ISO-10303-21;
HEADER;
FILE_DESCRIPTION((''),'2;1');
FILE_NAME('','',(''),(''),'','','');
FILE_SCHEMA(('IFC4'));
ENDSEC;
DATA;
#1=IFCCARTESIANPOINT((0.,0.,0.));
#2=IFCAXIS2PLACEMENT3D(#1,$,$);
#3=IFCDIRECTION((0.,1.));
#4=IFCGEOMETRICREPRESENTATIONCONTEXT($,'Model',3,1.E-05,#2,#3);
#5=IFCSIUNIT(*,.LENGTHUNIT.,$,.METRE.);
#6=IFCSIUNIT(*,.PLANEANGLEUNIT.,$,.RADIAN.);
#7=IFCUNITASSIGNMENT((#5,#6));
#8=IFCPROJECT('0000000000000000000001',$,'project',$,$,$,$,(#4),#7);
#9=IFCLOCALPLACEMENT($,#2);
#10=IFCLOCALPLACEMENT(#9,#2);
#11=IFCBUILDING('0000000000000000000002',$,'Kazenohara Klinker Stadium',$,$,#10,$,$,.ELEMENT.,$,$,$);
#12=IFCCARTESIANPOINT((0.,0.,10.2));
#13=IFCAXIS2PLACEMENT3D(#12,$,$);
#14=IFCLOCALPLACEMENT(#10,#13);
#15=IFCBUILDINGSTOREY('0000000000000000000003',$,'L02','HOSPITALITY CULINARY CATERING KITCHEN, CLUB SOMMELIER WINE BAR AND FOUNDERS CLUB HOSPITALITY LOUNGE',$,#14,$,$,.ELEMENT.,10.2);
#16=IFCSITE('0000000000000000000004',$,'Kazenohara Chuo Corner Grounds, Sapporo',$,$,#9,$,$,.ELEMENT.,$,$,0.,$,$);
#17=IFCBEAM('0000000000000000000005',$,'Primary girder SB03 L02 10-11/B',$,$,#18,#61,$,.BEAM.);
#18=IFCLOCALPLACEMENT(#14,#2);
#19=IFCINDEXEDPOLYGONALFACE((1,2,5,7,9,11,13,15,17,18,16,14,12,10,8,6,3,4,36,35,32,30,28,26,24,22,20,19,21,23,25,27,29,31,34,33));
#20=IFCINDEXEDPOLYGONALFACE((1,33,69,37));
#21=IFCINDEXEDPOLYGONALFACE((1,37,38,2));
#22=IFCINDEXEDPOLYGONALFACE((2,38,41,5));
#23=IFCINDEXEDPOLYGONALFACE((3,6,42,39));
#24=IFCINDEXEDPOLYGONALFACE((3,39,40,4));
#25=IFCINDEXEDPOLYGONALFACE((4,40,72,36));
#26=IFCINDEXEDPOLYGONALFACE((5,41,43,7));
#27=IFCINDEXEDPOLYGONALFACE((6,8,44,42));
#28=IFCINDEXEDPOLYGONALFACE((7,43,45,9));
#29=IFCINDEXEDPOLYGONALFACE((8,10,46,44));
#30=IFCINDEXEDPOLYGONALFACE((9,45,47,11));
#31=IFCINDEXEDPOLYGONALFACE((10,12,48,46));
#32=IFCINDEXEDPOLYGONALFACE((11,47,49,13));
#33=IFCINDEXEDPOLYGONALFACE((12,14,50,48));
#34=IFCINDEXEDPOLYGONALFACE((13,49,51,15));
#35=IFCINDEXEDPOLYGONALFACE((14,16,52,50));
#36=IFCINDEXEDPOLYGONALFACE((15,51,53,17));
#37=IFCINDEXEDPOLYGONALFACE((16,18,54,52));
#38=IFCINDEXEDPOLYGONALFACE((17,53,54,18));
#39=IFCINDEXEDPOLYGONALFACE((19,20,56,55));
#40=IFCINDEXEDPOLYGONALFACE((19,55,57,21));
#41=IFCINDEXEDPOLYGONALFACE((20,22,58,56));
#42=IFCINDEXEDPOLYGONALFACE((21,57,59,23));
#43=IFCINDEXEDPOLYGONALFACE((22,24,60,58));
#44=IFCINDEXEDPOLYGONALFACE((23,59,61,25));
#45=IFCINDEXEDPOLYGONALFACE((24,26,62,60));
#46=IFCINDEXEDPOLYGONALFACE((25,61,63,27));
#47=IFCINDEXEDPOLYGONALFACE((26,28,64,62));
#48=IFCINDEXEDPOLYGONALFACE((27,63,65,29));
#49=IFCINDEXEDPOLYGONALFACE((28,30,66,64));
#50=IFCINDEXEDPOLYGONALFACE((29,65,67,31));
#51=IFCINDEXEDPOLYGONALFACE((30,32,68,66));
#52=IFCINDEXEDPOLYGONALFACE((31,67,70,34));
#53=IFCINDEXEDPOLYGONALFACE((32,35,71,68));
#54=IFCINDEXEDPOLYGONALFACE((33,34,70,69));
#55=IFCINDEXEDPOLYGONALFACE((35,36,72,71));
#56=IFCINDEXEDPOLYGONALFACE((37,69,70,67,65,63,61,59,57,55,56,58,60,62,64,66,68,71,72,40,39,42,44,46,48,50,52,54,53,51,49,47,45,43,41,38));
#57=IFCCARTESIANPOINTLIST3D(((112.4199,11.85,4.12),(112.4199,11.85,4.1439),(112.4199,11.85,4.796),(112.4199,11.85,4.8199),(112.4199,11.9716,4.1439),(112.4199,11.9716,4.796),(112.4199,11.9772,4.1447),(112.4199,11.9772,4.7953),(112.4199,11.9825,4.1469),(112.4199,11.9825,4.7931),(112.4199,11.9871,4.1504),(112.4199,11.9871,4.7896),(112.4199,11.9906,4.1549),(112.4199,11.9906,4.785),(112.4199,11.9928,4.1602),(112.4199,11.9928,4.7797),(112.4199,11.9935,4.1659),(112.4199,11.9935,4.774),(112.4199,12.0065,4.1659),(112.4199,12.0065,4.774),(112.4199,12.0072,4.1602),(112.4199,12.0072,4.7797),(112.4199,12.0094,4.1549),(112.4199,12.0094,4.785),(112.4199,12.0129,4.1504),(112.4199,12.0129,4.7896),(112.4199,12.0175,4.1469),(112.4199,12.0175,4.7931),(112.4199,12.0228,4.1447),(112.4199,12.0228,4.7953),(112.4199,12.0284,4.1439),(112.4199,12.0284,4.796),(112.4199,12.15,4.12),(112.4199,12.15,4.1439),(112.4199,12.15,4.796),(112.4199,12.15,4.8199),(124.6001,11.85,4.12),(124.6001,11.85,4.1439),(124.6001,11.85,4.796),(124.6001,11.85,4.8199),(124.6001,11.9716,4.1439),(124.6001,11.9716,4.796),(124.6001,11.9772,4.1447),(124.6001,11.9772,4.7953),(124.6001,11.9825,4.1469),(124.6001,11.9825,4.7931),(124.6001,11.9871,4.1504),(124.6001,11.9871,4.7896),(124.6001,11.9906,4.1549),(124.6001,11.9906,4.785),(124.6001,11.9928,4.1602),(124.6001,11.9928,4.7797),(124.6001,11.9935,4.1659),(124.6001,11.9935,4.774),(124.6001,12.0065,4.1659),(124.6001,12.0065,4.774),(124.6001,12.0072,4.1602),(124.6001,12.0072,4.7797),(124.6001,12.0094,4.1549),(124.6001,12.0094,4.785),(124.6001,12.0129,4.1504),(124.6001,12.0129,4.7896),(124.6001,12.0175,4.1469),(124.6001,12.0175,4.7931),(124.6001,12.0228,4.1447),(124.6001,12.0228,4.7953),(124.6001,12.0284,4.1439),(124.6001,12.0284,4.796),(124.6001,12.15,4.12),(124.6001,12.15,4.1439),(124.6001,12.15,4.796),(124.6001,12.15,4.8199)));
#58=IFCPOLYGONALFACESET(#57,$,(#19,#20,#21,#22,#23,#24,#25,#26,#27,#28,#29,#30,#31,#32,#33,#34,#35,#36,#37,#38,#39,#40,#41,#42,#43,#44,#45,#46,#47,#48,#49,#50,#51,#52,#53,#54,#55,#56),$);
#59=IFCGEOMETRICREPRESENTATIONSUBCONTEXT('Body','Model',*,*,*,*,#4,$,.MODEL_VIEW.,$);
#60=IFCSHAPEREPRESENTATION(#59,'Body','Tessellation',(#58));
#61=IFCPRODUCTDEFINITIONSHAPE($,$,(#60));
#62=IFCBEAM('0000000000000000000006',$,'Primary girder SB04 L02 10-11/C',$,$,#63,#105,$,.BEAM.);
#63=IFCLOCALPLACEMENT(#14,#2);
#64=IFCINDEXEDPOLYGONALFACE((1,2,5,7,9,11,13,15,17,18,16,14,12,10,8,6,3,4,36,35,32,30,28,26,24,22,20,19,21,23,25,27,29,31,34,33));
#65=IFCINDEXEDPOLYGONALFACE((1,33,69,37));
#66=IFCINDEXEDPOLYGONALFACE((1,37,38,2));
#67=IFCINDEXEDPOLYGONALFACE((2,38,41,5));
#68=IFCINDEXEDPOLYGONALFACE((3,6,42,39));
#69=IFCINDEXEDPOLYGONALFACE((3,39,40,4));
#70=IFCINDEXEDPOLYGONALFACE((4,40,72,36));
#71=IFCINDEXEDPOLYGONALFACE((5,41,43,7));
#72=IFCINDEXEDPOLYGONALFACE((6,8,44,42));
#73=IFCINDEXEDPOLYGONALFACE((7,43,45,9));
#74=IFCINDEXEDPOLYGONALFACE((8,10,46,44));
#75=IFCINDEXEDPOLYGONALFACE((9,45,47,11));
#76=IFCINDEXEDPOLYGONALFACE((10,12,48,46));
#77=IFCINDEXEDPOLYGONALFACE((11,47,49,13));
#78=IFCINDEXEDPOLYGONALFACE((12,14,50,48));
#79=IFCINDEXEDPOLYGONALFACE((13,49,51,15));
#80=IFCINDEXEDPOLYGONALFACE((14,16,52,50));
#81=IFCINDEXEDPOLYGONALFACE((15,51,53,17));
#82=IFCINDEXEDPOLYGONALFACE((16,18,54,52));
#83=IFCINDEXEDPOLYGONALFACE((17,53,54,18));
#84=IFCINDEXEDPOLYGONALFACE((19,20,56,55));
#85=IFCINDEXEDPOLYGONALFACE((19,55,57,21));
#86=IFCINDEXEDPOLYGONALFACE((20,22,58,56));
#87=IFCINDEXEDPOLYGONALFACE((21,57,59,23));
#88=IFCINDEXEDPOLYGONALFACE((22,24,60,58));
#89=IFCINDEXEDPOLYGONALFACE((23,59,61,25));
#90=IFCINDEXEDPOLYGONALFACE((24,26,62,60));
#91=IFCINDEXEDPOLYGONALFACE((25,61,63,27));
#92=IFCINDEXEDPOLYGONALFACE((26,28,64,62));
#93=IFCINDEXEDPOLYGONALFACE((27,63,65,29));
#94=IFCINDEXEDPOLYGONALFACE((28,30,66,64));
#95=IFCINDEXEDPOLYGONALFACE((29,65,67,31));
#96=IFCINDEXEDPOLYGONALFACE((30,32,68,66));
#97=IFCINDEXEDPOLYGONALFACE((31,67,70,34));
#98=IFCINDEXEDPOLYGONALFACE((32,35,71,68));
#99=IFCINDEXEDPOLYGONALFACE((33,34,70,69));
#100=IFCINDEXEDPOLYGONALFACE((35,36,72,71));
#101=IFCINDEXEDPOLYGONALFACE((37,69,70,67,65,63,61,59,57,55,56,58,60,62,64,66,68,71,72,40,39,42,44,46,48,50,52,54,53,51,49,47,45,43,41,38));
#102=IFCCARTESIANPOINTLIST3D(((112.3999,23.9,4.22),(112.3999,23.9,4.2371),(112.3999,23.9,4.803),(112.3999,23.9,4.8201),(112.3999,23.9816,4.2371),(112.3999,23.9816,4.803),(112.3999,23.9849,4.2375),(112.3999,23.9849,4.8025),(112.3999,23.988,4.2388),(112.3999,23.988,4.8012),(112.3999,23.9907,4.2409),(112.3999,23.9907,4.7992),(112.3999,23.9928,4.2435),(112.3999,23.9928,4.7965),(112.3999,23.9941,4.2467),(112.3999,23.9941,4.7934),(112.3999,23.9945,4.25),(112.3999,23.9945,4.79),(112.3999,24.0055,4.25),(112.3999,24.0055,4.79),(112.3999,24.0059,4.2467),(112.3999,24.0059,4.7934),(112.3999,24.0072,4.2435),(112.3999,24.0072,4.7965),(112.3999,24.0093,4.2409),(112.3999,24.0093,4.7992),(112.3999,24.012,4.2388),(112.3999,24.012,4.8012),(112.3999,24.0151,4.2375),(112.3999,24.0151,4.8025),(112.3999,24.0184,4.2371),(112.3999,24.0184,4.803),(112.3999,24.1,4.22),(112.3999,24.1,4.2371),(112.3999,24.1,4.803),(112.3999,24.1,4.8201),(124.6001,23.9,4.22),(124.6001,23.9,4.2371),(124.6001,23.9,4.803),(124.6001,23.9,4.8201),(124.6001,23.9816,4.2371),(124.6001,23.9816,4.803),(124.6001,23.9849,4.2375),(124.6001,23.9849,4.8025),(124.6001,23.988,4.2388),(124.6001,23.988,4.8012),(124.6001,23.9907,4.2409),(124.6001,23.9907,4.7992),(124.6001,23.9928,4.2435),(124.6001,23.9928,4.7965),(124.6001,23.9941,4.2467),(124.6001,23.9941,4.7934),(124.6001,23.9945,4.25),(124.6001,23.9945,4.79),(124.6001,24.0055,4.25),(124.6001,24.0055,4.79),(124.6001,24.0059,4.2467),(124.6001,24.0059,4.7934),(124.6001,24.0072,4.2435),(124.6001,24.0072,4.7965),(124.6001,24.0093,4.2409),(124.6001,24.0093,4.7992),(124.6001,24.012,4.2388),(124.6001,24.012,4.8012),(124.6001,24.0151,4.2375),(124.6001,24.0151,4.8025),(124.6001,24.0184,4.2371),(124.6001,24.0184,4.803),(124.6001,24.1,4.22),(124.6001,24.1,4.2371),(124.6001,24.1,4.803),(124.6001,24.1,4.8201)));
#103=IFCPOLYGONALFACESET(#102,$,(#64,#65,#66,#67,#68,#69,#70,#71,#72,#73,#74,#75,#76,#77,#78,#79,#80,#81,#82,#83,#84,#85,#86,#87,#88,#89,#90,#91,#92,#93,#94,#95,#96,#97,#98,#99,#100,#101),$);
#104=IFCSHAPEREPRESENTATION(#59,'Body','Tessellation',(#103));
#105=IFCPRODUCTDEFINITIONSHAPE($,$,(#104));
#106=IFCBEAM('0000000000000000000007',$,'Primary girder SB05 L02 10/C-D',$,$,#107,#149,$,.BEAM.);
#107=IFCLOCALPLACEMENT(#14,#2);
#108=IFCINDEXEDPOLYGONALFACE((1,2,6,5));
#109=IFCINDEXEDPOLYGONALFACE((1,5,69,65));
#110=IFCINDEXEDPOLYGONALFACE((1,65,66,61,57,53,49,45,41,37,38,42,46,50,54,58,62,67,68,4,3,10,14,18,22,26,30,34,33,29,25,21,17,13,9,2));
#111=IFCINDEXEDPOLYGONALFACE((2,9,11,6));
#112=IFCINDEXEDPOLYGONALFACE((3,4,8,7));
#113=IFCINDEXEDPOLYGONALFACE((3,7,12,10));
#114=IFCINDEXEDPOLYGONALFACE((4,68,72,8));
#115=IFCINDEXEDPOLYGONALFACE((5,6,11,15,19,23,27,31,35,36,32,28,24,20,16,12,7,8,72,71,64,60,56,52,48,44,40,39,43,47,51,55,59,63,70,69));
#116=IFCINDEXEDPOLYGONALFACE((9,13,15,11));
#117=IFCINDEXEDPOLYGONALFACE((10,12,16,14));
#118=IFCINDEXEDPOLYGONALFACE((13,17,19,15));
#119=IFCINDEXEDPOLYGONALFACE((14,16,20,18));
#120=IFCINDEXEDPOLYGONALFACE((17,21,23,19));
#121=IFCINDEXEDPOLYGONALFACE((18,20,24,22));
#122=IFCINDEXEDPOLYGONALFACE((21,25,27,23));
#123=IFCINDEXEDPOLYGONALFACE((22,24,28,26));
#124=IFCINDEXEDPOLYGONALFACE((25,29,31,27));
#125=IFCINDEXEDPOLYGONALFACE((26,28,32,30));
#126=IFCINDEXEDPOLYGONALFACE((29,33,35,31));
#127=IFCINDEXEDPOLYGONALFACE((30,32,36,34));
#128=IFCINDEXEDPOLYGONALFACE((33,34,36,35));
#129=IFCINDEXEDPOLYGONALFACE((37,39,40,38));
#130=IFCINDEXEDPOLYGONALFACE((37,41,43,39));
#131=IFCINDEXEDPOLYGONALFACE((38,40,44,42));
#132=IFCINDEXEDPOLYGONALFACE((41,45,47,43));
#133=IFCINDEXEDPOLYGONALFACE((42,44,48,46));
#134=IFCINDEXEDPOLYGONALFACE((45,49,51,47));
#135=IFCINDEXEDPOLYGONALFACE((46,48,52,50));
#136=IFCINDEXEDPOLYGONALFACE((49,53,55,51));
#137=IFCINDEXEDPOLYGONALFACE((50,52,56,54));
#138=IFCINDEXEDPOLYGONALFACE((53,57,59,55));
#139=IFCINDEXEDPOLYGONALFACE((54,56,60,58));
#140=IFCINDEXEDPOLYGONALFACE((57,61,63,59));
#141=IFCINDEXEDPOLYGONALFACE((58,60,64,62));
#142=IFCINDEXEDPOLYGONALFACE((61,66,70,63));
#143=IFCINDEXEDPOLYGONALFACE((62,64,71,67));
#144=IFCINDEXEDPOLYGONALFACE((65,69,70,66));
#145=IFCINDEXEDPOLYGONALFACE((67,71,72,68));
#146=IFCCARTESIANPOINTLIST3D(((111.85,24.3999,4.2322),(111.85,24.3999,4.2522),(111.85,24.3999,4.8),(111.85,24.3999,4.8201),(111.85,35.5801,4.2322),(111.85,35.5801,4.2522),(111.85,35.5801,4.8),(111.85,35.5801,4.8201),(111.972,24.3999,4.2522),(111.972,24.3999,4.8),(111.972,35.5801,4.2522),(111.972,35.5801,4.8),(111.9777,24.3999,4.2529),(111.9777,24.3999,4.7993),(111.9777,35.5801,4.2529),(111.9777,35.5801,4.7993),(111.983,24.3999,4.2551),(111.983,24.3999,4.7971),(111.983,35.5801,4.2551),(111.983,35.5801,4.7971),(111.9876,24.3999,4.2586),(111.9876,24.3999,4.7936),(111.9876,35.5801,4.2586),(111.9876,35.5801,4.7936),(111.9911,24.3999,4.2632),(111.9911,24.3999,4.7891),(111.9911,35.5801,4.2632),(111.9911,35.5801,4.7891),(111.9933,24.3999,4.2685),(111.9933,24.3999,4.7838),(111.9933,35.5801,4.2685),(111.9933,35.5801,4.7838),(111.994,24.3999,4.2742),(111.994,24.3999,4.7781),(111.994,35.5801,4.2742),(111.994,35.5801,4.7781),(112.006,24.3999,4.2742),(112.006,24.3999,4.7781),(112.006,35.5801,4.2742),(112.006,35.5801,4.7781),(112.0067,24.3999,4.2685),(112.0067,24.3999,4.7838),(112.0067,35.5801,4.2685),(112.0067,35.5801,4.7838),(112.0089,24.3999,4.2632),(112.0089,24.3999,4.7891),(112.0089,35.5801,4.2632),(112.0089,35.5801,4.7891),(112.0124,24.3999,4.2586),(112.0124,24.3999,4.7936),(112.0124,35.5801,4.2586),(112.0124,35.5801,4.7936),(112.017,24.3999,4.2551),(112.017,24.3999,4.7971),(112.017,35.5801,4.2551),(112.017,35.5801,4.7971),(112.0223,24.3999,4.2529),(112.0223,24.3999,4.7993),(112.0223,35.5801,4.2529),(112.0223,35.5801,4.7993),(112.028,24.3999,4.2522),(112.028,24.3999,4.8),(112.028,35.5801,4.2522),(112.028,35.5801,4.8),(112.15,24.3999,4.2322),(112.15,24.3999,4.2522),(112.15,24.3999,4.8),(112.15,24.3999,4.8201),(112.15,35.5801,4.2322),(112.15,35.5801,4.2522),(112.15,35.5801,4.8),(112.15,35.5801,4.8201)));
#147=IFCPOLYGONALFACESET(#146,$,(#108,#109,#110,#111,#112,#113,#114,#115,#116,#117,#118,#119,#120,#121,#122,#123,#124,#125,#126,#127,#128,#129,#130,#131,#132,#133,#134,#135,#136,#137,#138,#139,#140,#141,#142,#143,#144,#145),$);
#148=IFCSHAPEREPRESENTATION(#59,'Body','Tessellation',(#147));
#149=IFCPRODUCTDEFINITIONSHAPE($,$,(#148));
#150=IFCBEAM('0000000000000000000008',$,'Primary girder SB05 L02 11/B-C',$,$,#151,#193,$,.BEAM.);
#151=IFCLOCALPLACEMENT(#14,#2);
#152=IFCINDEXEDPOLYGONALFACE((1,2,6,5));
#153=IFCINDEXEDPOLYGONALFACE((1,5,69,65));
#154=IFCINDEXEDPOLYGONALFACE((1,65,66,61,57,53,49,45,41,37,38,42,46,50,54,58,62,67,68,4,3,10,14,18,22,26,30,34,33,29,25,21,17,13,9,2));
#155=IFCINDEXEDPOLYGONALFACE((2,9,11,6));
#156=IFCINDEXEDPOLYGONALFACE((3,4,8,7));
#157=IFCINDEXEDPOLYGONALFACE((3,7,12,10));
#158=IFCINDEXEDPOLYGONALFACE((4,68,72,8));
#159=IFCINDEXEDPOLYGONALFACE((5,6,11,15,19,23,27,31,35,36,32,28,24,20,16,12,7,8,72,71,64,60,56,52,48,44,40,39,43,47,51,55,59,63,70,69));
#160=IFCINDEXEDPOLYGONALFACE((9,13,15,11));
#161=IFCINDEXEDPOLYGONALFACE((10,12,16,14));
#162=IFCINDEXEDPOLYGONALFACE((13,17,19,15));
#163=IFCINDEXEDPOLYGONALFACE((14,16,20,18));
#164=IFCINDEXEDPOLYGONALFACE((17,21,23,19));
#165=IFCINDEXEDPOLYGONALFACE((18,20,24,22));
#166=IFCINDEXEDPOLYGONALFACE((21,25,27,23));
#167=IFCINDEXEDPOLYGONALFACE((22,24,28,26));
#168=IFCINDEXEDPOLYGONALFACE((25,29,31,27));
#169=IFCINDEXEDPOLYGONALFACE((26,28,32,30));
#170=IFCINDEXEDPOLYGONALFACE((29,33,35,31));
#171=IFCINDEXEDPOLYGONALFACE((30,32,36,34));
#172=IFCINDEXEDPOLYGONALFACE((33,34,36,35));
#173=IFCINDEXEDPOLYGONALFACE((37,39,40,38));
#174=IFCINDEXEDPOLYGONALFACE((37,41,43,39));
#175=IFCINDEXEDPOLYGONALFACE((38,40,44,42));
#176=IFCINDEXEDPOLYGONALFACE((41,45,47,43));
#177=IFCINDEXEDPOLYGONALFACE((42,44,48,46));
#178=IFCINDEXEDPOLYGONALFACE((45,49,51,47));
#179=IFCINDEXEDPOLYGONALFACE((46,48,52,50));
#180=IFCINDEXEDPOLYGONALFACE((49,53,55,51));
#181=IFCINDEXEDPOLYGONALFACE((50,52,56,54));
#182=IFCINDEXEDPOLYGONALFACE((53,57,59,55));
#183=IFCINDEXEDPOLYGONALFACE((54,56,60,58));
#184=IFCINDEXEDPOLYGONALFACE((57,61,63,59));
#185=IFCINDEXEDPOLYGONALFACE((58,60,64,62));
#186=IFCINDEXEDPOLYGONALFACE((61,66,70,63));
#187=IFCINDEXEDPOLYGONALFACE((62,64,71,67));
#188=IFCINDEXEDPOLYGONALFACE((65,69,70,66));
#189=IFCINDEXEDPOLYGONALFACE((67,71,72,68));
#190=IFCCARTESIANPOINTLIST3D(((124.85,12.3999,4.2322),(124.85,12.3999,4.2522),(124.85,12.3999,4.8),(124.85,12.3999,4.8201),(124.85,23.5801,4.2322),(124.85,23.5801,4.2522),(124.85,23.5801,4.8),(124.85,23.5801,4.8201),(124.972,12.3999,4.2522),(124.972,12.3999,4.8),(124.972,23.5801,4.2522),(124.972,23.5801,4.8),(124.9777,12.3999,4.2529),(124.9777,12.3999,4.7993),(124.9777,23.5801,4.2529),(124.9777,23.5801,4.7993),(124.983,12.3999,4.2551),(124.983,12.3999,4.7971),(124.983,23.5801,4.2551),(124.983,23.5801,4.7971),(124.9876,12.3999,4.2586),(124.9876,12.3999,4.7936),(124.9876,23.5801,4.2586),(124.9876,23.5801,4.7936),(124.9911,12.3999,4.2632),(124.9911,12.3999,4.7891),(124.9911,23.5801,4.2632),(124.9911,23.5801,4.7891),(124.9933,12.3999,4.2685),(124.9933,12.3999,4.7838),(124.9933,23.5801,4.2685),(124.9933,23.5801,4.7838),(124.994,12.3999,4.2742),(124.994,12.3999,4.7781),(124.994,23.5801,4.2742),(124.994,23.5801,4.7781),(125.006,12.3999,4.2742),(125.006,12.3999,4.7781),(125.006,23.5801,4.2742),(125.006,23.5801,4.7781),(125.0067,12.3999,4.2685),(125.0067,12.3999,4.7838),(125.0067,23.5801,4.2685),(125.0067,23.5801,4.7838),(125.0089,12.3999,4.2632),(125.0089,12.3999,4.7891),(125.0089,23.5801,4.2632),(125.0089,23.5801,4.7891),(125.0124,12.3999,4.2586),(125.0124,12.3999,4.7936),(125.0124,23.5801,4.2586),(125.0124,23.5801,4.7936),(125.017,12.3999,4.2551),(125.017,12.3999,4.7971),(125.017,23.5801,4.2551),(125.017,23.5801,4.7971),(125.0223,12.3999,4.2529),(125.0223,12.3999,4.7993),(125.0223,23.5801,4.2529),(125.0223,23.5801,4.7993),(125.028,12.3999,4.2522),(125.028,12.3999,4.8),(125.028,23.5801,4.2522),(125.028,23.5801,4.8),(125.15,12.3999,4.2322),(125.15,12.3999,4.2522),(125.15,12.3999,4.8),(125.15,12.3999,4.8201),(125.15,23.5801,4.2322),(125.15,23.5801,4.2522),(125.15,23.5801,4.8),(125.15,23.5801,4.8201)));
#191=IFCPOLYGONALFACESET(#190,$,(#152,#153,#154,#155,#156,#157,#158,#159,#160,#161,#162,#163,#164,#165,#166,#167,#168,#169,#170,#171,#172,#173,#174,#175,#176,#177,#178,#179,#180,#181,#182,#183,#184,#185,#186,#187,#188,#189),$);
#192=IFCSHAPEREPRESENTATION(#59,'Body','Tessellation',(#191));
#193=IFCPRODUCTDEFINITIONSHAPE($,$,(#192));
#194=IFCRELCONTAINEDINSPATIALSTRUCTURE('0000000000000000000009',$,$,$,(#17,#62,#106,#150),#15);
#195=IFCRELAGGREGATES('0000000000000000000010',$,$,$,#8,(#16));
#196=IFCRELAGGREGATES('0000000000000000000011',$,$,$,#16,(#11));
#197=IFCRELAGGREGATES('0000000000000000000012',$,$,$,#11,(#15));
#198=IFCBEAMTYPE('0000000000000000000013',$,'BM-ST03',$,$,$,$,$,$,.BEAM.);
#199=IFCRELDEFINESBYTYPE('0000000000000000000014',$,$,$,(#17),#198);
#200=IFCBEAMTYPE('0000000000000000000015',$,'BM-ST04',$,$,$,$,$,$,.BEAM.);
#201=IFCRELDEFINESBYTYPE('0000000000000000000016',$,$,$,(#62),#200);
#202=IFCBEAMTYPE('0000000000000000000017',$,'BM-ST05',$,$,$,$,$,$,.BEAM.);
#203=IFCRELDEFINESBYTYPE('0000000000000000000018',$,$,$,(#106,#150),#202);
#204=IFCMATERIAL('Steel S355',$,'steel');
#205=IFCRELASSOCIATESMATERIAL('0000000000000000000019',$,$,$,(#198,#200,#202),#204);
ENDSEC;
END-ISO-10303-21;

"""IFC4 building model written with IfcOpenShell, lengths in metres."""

from ifc_helpers import new_model, si_unit, direction, frame, origin, origin_2d, place, context, subcontext, project, spatial, i_section, extrude, material, material_profile, profile_set, type_object, element, save


model = new_model("IFC4")

# Units and contexts
model_context = context("Model", 3, precision=1e-05, world=origin(), true_north=direction((0.0, 1.0)))
body_context = subcontext(model_context, "Body", "Model", "MODEL_VIEW")
ifc_project = project(units=[si_unit("LENGTHUNIT", "METRE"), si_unit("PLANEANGLEUNIT", "RADIAN")], contexts=[model_context])

# Site, building, storey
site_placement = place(None, origin())
site = spatial("IfcSite", under=ifc_project, at=site_placement, Name="Kazenohara Chuo Corner Grounds, Sapporo", CompositionType="ELEMENT", RefElevation=0.0)
building_placement = place(site_placement, origin())
building = spatial("IfcBuilding", under=site, at=building_placement, Name="Kazenohara Klinker Stadium", CompositionType="ELEMENT")
storey_placement = place(building_placement, frame((0.0, 0.0, 10.2)))
storey = spatial("IfcBuildingStorey", under=building, at=storey_placement, Name="L02", Description="HOSPITALITY CULINARY CATERING KITCHEN, CLUB SOMMELIER WINE BAR AND FOUNDERS CLUB HOSPITALITY LOUNGE", CompositionType="ELEMENT", Elevation=10.2)

# Beams
ifc_material_1 = material(Name="Steel S355", Category="steel")
ifc_material_profile_1 = material_profile(ifc_material_1, i_section(OverallWidth=0.3, OverallDepth=0.7, WebThickness=0.0129, FlangeThickness=0.0239, FilletRadius=0.022, at=origin_2d()), Name="H-700x300x13x24")
ifc_profile_set_1 = profile_set([ifc_material_profile_1], Name="Steel S355")
beam_type_1 = type_object("IfcBeamType", Name="BM-ST03", PredefinedType="BEAM", material=ifc_profile_set_1)
beam_1_placement = place(storey_placement, frame((112.4199, 12.0, 4.47), z_axis=(1.0, 0.0, 0.0), x_axis=(0.0, 1.0, 0.0)))
element("IfcBeam", 1, at=beam_1_placement, inside=storey, type_object=beam_type_1, Name="Primary girder SB03 L02 10-11/B", PredefinedType="BEAM", context=body_context, shape_type="SweptSolid", body=[
    extrude(i_section(OverallWidth=0.3, OverallDepth=0.7, WebThickness=0.0129, FlangeThickness=0.0239, FilletRadius=0.022, at=origin_2d()), origin(), (0.0, 0.0, 1.0), 12.1802),
])
ifc_material_profile_2 = material_profile(ifc_material_1, i_section(OverallWidth=0.2, OverallDepth=0.6001, WebThickness=0.011, FlangeThickness=0.0171, FilletRadius=0.0129, at=origin_2d()), Name="H-600x200x11x17")
ifc_profile_set_2 = profile_set([ifc_material_profile_2], Name="Steel S355")
beam_type_2 = type_object("IfcBeamType", Name="BM-ST04", PredefinedType="BEAM", material=ifc_profile_set_2)
beam_2_placement = place(storey_placement, frame((112.3999, 24.0, 4.52), z_axis=(1.0, 0.0, 0.0), x_axis=(0.0, 1.0, 0.0)))
element("IfcBeam", 2, at=beam_2_placement, inside=storey, type_object=beam_type_2, Name="Primary girder SB04 L02 10-11/C", PredefinedType="BEAM", context=body_context, shape_type="SweptSolid", body=[
    extrude(i_section(OverallWidth=0.2, OverallDepth=0.6001, WebThickness=0.011, FlangeThickness=0.0171, FilletRadius=0.0129, at=origin_2d()), origin(), (0.0, 0.0, 1.0), 12.2002),
])
ifc_material_profile_3 = material_profile(ifc_material_1, i_section(OverallWidth=0.3, OverallDepth=0.5879, WebThickness=0.012, FlangeThickness=0.02, FilletRadius=0.022, at=origin_2d()), Name="H-588x300x12x20")
ifc_profile_set_3 = profile_set([ifc_material_profile_3], Name="Steel S355")
beam_type_3 = type_object("IfcBeamType", Name="BM-ST05", PredefinedType="BEAM", material=ifc_profile_set_3)
for number, where, z_axis, x_axis, name in (
    (3, (112.0, 24.3999, 4.5261), (0.0, 1.0, 0.0), (-1.0, 0.0, 0.0), "Primary girder SB05 L02 10/C-D"),
    (4, (125.0, 12.3999, 4.5261), (0.0, 1.0, 0.0), (-1.0, 0.0, 0.0), "Primary girder SB05 L02 11/B-C"),
):
    element("IfcBeam", number, at=place(storey_placement, frame(where, z_axis=z_axis, x_axis=x_axis)), inside=storey, type_object=beam_type_3, Name=name, PredefinedType="BEAM", context=body_context, shape_type="SweptSolid", body=[
        extrude(i_section(OverallWidth=0.3, OverallDepth=0.5879, WebThickness=0.012, FlangeThickness=0.02, FilletRadius=0.022, at=origin_2d()), origin(), (0.0, 0.0, 1.0), 11.1802),
    ])

save(model, "model.ifc")
